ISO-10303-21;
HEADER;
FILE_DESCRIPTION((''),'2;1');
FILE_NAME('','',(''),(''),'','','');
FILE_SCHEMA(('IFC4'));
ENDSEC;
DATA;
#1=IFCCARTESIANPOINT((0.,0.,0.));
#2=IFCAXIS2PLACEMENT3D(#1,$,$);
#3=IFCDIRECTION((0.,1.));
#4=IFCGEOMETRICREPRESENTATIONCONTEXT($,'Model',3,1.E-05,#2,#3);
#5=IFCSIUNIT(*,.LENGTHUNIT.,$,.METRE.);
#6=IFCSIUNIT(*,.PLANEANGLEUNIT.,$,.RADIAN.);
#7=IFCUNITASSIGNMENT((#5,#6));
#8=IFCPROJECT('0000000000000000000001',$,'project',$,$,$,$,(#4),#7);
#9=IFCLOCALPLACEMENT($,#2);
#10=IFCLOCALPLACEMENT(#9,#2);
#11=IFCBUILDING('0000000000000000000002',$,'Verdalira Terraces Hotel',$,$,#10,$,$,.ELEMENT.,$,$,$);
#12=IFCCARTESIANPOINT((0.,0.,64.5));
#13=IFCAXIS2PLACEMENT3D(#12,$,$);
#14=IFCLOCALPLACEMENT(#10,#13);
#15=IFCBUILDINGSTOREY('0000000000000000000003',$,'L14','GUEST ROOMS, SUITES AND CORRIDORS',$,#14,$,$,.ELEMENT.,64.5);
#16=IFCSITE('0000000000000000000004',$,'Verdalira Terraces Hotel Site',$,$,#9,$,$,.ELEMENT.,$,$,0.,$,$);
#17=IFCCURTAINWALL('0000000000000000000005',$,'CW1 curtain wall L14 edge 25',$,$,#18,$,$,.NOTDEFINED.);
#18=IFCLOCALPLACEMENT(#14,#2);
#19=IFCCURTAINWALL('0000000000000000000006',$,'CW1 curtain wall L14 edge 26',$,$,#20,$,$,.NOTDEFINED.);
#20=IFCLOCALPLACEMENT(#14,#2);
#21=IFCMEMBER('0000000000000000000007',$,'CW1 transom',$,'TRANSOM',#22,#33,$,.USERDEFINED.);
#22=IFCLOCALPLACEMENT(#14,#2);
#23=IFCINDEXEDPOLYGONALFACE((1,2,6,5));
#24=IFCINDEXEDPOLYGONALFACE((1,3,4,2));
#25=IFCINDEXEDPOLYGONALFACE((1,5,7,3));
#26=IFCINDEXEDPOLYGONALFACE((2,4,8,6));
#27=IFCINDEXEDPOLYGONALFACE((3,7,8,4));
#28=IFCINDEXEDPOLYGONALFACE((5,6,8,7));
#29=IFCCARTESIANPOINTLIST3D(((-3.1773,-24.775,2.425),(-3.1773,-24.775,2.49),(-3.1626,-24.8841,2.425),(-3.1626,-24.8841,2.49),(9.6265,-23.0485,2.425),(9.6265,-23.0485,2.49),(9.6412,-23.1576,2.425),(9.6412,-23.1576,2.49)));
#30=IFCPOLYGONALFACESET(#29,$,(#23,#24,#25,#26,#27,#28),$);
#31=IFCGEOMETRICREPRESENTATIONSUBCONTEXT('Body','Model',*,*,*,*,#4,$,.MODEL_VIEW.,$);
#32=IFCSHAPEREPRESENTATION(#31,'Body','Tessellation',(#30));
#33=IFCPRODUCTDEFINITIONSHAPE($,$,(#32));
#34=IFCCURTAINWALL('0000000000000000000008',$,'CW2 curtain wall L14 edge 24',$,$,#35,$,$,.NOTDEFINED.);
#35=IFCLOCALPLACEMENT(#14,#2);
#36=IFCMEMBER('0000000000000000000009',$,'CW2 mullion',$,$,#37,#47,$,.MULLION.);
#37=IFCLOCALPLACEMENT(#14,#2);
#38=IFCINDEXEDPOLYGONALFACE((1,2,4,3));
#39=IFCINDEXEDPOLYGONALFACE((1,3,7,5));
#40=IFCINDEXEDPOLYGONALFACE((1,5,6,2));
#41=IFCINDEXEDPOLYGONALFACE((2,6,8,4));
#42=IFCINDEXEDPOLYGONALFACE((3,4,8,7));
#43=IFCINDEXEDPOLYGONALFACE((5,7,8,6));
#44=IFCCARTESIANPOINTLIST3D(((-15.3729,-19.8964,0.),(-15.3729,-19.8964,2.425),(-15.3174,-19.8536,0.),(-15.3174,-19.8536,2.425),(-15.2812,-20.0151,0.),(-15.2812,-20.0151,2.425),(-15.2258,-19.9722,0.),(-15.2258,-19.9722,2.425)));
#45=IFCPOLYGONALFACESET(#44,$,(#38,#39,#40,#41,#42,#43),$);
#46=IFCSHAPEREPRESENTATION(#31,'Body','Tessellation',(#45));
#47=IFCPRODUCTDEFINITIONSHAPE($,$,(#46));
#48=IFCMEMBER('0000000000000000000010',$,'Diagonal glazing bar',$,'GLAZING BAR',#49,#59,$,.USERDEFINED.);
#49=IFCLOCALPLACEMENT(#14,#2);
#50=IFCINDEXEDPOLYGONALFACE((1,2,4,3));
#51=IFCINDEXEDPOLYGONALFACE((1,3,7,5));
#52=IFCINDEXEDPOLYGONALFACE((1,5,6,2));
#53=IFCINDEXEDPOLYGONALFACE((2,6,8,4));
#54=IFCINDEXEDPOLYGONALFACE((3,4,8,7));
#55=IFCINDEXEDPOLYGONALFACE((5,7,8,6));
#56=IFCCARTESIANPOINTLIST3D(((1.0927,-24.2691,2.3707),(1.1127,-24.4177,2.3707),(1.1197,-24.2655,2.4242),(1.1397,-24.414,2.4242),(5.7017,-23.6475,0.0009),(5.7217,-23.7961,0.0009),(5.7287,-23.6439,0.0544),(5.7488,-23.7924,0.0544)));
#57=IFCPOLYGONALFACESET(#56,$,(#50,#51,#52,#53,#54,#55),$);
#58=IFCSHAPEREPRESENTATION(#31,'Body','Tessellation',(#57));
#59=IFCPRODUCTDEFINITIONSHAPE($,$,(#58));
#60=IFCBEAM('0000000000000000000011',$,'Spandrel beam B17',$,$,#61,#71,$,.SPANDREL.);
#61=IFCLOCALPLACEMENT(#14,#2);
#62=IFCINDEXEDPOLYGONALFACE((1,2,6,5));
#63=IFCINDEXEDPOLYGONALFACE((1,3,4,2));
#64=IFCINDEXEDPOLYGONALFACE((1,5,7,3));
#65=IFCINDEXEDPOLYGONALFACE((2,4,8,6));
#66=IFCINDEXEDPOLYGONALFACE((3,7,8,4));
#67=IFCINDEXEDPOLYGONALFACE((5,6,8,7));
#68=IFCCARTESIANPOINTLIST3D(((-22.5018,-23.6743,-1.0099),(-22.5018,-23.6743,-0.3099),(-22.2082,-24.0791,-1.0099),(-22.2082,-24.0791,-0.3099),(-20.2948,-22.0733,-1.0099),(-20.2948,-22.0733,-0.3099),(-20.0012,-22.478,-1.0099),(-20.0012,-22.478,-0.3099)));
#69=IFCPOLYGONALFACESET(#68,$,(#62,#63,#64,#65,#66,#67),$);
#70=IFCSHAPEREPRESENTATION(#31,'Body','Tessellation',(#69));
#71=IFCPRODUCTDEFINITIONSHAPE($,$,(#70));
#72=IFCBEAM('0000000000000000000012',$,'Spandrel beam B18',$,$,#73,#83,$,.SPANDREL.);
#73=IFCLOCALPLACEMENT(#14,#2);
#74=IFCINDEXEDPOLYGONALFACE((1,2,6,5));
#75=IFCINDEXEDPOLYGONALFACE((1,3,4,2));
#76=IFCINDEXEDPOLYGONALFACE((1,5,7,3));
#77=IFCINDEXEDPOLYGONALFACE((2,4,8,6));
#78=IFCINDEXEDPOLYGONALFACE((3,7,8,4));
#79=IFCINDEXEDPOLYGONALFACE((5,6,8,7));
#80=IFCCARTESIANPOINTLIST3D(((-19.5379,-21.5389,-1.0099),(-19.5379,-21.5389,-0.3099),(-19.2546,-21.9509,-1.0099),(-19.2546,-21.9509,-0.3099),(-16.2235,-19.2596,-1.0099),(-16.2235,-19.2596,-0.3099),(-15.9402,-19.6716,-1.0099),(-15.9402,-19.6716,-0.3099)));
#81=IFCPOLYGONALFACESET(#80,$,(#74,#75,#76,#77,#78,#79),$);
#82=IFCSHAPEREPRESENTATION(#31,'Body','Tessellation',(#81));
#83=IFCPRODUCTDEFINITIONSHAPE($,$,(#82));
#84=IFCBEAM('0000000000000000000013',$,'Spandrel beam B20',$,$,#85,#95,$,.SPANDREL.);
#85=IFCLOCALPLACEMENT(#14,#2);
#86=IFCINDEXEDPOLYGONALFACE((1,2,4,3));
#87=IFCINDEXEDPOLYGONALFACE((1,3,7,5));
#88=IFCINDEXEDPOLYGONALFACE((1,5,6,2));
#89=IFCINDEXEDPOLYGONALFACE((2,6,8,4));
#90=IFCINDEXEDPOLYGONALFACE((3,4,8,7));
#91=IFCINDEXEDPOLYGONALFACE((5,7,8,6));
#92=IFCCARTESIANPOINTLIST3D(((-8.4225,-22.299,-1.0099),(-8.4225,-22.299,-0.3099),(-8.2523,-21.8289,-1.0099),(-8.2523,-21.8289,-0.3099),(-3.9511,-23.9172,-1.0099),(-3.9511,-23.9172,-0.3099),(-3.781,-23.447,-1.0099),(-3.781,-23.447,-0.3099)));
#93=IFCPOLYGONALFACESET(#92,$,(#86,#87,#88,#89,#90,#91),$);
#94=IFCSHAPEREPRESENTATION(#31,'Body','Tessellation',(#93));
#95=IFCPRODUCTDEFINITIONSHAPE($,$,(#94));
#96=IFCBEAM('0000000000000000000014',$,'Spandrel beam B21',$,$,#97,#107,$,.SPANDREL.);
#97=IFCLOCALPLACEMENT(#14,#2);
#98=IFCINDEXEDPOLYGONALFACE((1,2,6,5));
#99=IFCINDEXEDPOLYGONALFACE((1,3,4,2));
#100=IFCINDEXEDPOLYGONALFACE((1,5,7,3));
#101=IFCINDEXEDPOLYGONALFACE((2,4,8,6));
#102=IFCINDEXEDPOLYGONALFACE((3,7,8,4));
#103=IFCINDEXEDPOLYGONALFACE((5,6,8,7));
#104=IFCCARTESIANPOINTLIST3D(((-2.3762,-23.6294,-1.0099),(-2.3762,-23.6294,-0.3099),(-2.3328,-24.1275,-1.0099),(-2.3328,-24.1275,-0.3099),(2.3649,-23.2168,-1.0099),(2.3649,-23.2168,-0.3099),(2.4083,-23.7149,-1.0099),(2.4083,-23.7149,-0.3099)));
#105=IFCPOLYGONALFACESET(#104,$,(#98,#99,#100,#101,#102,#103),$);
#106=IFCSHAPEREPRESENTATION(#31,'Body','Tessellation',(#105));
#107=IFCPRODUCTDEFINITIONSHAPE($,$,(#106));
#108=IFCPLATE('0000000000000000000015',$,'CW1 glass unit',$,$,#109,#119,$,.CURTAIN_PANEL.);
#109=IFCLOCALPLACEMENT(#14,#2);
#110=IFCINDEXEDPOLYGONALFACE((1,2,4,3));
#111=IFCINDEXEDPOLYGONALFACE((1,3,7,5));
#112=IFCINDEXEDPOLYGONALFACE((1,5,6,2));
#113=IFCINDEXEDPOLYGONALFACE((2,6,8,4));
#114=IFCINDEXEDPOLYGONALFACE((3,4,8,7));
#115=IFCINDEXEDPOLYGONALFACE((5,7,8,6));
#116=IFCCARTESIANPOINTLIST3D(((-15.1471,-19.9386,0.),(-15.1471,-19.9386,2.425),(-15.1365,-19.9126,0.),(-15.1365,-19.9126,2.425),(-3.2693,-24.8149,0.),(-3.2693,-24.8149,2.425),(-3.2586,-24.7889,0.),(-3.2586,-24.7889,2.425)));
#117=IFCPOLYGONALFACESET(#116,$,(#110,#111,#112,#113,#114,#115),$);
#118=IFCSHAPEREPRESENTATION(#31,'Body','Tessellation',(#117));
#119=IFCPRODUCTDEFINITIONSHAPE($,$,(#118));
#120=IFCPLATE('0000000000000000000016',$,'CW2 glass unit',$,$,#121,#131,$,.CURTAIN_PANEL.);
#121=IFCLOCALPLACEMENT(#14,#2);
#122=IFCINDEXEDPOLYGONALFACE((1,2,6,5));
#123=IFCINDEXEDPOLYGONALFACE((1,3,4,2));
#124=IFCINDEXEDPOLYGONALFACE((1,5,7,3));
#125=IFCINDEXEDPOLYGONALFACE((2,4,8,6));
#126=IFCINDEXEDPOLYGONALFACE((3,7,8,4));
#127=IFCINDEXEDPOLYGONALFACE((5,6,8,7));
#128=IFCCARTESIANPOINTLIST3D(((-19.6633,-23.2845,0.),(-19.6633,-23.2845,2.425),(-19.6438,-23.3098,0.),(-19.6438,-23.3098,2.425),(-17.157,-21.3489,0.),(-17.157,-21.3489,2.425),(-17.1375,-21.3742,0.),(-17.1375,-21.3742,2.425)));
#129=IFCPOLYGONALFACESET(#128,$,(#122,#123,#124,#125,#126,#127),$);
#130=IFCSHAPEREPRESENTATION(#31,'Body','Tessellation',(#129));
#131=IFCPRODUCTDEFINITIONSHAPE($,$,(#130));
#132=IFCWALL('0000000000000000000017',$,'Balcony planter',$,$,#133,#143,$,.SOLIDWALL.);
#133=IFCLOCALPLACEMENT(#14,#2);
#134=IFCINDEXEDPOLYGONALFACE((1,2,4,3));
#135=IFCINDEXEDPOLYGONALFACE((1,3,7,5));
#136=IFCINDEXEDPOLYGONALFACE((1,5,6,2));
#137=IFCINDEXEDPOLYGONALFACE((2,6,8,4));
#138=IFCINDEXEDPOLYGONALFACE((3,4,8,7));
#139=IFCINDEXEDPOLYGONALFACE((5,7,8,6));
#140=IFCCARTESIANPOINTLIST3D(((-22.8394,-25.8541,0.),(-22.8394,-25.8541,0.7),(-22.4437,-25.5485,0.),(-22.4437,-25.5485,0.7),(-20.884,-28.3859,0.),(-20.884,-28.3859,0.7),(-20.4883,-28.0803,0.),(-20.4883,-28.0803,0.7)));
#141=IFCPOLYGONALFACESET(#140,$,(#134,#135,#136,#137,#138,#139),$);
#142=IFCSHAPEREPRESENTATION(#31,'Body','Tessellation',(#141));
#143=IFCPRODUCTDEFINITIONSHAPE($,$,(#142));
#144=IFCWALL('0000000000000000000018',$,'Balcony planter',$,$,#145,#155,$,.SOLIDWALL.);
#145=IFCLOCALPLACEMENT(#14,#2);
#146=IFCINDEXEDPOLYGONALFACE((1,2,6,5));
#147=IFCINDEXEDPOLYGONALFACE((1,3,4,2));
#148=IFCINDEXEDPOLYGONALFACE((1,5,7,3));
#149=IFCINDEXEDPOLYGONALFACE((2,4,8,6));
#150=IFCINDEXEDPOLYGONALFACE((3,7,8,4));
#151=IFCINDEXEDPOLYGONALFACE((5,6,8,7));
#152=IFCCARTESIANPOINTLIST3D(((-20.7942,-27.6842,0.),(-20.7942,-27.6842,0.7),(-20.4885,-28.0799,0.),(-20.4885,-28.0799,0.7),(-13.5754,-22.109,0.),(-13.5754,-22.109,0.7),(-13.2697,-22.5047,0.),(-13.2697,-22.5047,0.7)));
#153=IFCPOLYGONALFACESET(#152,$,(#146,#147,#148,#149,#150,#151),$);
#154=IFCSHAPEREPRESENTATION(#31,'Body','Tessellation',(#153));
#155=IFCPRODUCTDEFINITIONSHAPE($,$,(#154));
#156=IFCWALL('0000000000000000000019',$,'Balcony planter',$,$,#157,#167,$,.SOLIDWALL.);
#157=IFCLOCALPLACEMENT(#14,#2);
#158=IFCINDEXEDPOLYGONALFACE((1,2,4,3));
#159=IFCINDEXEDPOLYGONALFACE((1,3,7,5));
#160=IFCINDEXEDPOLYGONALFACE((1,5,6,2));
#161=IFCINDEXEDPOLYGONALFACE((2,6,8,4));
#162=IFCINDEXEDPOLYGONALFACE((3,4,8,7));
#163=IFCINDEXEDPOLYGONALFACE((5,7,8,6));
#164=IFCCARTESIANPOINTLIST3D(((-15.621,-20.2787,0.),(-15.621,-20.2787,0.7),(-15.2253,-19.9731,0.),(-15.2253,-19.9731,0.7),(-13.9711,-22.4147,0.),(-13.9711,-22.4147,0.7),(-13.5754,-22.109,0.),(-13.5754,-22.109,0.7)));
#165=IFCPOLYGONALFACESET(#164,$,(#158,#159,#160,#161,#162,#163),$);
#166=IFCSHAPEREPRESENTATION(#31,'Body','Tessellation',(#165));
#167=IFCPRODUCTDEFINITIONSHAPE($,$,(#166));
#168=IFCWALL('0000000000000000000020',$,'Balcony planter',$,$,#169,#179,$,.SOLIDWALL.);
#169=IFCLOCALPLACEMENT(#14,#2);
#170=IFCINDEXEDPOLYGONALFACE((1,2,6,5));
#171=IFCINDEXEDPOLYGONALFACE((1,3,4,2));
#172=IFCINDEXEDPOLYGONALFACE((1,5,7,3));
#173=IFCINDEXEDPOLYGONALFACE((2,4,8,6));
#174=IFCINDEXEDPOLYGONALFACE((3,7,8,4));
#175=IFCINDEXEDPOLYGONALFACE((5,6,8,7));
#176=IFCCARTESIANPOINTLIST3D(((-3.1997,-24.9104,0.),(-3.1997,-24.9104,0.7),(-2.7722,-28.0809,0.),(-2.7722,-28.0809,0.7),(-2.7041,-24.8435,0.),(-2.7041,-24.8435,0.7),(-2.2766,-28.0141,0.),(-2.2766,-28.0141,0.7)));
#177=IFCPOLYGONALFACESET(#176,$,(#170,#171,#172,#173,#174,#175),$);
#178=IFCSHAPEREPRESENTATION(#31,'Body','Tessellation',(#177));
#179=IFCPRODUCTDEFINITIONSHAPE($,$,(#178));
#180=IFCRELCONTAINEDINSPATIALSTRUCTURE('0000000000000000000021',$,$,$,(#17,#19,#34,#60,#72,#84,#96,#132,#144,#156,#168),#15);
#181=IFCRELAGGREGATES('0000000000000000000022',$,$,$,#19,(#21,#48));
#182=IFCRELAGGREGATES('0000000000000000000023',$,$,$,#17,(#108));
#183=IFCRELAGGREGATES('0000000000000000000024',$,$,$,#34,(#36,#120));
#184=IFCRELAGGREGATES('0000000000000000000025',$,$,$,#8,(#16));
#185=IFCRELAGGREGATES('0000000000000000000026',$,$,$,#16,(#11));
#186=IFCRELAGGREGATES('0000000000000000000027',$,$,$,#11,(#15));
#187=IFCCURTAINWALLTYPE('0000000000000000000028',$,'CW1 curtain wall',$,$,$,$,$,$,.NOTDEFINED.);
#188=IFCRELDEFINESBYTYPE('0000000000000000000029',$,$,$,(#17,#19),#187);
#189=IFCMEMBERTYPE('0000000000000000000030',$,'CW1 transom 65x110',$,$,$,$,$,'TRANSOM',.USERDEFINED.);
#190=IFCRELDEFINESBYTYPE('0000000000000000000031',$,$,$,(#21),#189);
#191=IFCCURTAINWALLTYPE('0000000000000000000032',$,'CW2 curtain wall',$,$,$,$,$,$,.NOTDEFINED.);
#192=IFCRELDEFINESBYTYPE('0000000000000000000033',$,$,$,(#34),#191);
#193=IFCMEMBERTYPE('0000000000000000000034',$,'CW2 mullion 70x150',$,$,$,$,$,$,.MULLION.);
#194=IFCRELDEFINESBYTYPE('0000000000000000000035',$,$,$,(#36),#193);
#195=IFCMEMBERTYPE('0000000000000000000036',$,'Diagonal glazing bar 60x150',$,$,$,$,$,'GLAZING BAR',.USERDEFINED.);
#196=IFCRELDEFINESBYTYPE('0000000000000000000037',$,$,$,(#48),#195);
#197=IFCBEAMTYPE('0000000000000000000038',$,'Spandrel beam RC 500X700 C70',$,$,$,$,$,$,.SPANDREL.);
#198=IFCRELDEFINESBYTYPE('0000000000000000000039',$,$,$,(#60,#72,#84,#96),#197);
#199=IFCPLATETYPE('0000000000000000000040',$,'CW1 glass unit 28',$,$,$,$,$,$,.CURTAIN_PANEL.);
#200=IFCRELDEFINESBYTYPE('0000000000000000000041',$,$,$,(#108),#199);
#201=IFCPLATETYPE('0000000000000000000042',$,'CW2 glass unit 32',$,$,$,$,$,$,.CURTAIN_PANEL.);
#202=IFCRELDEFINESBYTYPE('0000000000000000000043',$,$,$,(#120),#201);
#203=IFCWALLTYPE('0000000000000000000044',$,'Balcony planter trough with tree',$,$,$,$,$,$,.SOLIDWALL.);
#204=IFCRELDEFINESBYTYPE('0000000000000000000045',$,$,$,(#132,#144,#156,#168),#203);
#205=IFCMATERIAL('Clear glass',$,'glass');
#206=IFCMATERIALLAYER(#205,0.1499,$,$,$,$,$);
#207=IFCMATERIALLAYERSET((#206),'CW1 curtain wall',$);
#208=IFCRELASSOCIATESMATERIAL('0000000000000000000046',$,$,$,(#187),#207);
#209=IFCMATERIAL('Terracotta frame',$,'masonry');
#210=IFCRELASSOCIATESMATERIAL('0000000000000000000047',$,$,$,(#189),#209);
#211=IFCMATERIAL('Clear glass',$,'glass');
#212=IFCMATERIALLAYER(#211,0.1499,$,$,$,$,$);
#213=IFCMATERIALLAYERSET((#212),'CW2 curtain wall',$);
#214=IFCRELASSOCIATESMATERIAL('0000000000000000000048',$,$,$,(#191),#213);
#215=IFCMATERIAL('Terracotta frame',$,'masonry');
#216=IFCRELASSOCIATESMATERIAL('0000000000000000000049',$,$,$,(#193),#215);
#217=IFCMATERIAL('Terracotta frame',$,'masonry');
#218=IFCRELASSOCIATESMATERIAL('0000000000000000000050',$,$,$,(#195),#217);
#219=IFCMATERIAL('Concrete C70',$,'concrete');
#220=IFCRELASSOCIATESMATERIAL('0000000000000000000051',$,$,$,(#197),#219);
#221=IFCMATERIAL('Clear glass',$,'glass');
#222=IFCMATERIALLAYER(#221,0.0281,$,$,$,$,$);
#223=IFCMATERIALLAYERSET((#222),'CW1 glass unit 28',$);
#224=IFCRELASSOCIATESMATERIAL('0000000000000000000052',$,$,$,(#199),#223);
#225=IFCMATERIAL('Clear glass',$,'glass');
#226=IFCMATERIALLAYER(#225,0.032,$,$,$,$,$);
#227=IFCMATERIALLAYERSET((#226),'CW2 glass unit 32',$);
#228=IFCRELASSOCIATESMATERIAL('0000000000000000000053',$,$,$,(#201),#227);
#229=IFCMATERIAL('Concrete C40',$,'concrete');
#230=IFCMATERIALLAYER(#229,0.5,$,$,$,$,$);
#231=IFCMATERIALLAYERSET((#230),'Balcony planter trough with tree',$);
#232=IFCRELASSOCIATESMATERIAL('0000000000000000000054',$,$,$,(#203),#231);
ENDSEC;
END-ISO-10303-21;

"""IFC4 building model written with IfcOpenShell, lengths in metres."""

from ifc_helpers import new_model, si_unit, direction, frame, frame_2d, origin, origin_2d, place, context, subcontext, project, spatial, rectangle, extrude, material, layer, layer_set, material_profile, profile_set, type_object, element, aggregate, save


model = new_model("IFC4")

# Units and contexts
model_context = context("Model", 3, precision=1e-05, world=origin(), true_north=direction((0.0, 1.0)))
body_context = subcontext(model_context, "Body", "Model", "MODEL_VIEW")
ifc_project = project(units=[si_unit("LENGTHUNIT", "METRE"), si_unit("PLANEANGLEUNIT", "RADIAN")], contexts=[model_context])

# Site, building, storey
site_placement = place(None, origin())
site = spatial("IfcSite", under=ifc_project, at=site_placement, Name="Verdalira Terraces Hotel Site", CompositionType="ELEMENT", RefElevation=0.0)
building_placement = place(site_placement, origin())
building = spatial("IfcBuilding", under=site, at=building_placement, Name="Verdalira Terraces Hotel", CompositionType="ELEMENT")
storey_placement = place(building_placement, frame((0.0, 0.0, 64.5)))
storey = spatial("IfcBuildingStorey", under=building, at=storey_placement, Name="L14", Description="GUEST ROOMS, SUITES AND CORRIDORS", CompositionType="ELEMENT", Elevation=64.5)

# Curtain wall
ifc_material_1 = material(Name="Clear glass", Category="glass")
ifc_layer_1 = layer(ifc_material_1, 0.1499)
ifc_layer_set_1 = layer_set([ifc_layer_1], Name="CW1 curtain wall")
curtain_wall_type_1 = type_object("IfcCurtainWallType", Name="CW1 curtain wall", PredefinedType="NOTDEFINED", material=ifc_layer_set_1)
curtain_wall_1_placement = place(storey_placement, origin())
curtain_wall_1 = element("IfcCurtainWall", 1, at=curtain_wall_1_placement, inside=storey, type_object=curtain_wall_type_1, Name="CW1 curtain wall L14 edge 25", PredefinedType="NOTDEFINED")

# Curtain wall, member
curtain_wall_2_placement = place(storey_placement, origin())
curtain_wall_2 = element("IfcCurtainWall", 2, at=curtain_wall_2_placement, inside=storey, type_object=curtain_wall_type_1, Name="CW1 curtain wall L14 edge 26", PredefinedType="NOTDEFINED")
ifc_material_2 = material(Name="Terracotta frame", Category="masonry")
ifc_material_profile_1 = material_profile(ifc_material_2, rectangle(XDim=0.1101, YDim=0.0649, at=origin_2d()), Name="TR 65x110")
ifc_profile_set_1 = profile_set([ifc_material_profile_1], Name="Terracotta frame")
member_type_1 = type_object("IfcMemberType", Name="CW1 transom 65x110", ElementType="TRANSOM", PredefinedType="USERDEFINED", material=ifc_profile_set_1)
member_1_placement = place(storey_placement, frame((-3.1699, -24.8296, 2.4575), z_axis=(0.99103, 0.133639, 0.0), x_axis=(-0.133639, 0.99103, 0.0)))
member_1 = element("IfcMember", 3, at=member_1_placement, type_object=member_type_1, Name="CW1 transom", ObjectType="TRANSOM", PredefinedType="USERDEFINED", context=body_context, shape_type="SweptSolid", body=[
    extrude(rectangle(XDim=0.1101, YDim=0.0649, at=origin_2d()), origin(), (0.0, 0.0, 1.0), 12.9197),
])

# Curtain wall, member
ifc_material_3 = material(Name="Clear glass", Category="glass")
ifc_layer_2 = layer(ifc_material_3, 0.1499)
ifc_layer_set_2 = layer_set([ifc_layer_2], Name="CW2 curtain wall")
curtain_wall_type_2 = type_object("IfcCurtainWallType", Name="CW2 curtain wall", PredefinedType="NOTDEFINED", material=ifc_layer_set_2)
curtain_wall_3_placement = place(storey_placement, origin())
curtain_wall_3 = element("IfcCurtainWall", 4, at=curtain_wall_3_placement, inside=storey, type_object=curtain_wall_type_2, Name="CW2 curtain wall L14 edge 24", PredefinedType="NOTDEFINED")
ifc_material_4 = material(Name="Terracotta frame", Category="masonry")
ifc_material_profile_2 = material_profile(ifc_material_4, rectangle(XDim=0.0701, YDim=0.1499, at=origin_2d()), Name="MU 70x150")
ifc_profile_set_2 = profile_set([ifc_material_profile_2], Name="Terracotta frame")
member_type_2 = type_object("IfcMemberType", Name="CW2 mullion 70x150", PredefinedType="MULLION", material=ifc_profile_set_2)
member_2_placement = place(storey_placement, frame((-15.2993, -19.9343, 0.0), z_axis=(0.0, 0.0, 1.0), x_axis=(0.791437, 0.611251, 0.0)))
member_2 = element("IfcMember", 5, at=member_2_placement, type_object=member_type_2, Name="CW2 mullion", PredefinedType="MULLION", context=body_context, shape_type="SweptSolid", body=[
    extrude(rectangle(XDim=0.0701, YDim=0.1499, at=origin_2d()), origin(), (0.0, 0.0, 1.0), 2.425),
])

# Member
ifc_material_5 = material(Name="Terracotta frame", Category="masonry")
ifc_material_profile_3 = material_profile(ifc_material_5, rectangle(XDim=0.1499, YDim=0.0601, at=origin_2d()), Name="GB 60x150")
ifc_profile_set_3 = profile_set([ifc_material_profile_3], Name="Terracotta frame")
member_type_3 = type_object("IfcMemberType", Name="Diagonal glazing bar 60x150", ElementType="GLAZING BAR", PredefinedType="USERDEFINED", material=ifc_profile_set_3)
member_3_placement = place(storey_placement, frame((1.1162, -24.3416, 2.3975), z_axis=(0.883002, 0.119081, -0.454012), x_axis=(-0.133649, 0.991029, 0.0)))
member_3 = element("IfcMember", 6, at=member_3_placement, type_object=member_type_3, Name="Diagonal glazing bar", ObjectType="GLAZING BAR", PredefinedType="USERDEFINED", context=body_context, shape_type="SweptSolid", body=[
    extrude(rectangle(XDim=0.1499, YDim=0.0601, at=origin_2d()), origin(), (0.0, 0.0, 1.0), 5.2197),
])
aggregate(curtain_wall_2, [member_1, member_3])

# Beams
ifc_material_6 = material(Name="Concrete C70", Category="concrete")
ifc_material_profile_4 = material_profile(ifc_material_6, rectangle(XDim=0.5, YDim=0.7, at=origin_2d()), Name="RC 500X700")
ifc_profile_set_4 = profile_set([ifc_material_profile_4], Name="Concrete C70")
beam_type_1 = type_object("IfcBeamType", Name="Spandrel beam RC 500X700 C70", PredefinedType="SPANDREL", material=ifc_profile_set_4)
beam_1_placement = place(storey_placement, frame((-22.355, -23.8767, -0.6599), z_axis=(0.80944, 0.587202, 0.0), x_axis=(-0.587202, 0.80944, 0.0)))
element("IfcBeam", 7, at=beam_1_placement, inside=storey, type_object=beam_type_1, Name="Spandrel beam B17", PredefinedType="SPANDREL", context=body_context, shape_type="SweptSolid", body=[
    extrude(rectangle(XDim=0.5, YDim=0.7, at=origin_2d()), origin(), (0.0, 0.0, 1.0), 2.7266),
])
beam_2_placement = place(storey_placement, frame((-19.3962, -21.7449, -0.6599), z_axis=(0.823971, 0.566632, 0.0), x_axis=(-0.566632, 0.823971, 0.0)))
element("IfcBeam", 8, at=beam_2_placement, inside=storey, type_object=beam_type_1, Name="Spandrel beam B18", PredefinedType="SPANDREL", context=body_context, shape_type="SweptSolid", body=[
    extrude(rectangle(XDim=0.5, YDim=0.7, at=origin_2d()), origin(), (0.0, 0.0, 1.0), 4.0225),
])
beam_3_placement = place(storey_placement, frame((-8.3374, -22.064, -0.6599), z_axis=(0.94032, -0.340292, 0.0), x_axis=(0.340292, 0.94032, 0.0)))
element("IfcBeam", 9, at=beam_3_placement, inside=storey, type_object=beam_type_1, Name="Spandrel beam B20", PredefinedType="SPANDREL", context=body_context, shape_type="SweptSolid", body=[
    extrude(rectangle(XDim=0.5, YDim=0.7, at=origin_2d()), origin(), (0.0, 0.0, 1.0), 4.7551),
])
beam_4_placement = place(storey_placement, frame((-2.3545, -23.8784, -0.6599), z_axis=(0.996235, 0.086696, 0.0), x_axis=(-0.086696, 0.996235, 0.0)))
element("IfcBeam", 10, at=beam_4_placement, inside=storey, type_object=beam_type_1, Name="Spandrel beam B21", PredefinedType="SPANDREL", context=body_context, shape_type="SweptSolid", body=[
    extrude(rectangle(XDim=0.5, YDim=0.7, at=origin_2d()), origin(), (0.0, 0.0, 1.0), 4.759),
])

# Plates
ifc_material_7 = material(Name="Clear glass", Category="glass")
ifc_layer_3 = layer(ifc_material_7, 0.0281)
ifc_layer_set_3 = layer_set([ifc_layer_3], Name="CW1 glass unit 28")
plate_type_1 = type_object("IfcPlateType", Name="CW1 glass unit 28", PredefinedType="CURTAIN_PANEL", material=ifc_layer_set_3)
plate_1_placement = place(storey_placement, frame((-9.2029, -22.3638, 0.0), z_axis=(0.0, 0.0, 1.0), x_axis=(0.925077, -0.379779, 0.0)))
plate_1 = element("IfcPlate", 11, at=plate_1_placement, type_object=plate_type_1, Name="CW1 glass unit", PredefinedType="CURTAIN_PANEL", context=body_context, shape_type="SweptSolid", body=[
    extrude(rectangle(XDim=12.8398, YDim=0.0281, at=origin_2d()), origin(), (0.0, 0.0, 1.0), 2.425),
])
aggregate(curtain_wall_1, [plate_1])
ifc_material_8 = material(Name="Clear glass", Category="glass")
ifc_layer_4 = layer(ifc_material_8, 0.032)
ifc_layer_set_4 = layer_set([ifc_layer_4], Name="CW2 glass unit 32")
plate_type_2 = type_object("IfcPlateType", Name="CW2 glass unit 32", PredefinedType="CURTAIN_PANEL", material=ifc_layer_set_4)
plate_2_placement = place(storey_placement, frame((-18.4004, -22.3293, 0.0), z_axis=(0.0, 0.0, 1.0), x_axis=(0.791437, 0.611251, 0.0)))
plate_2 = element("IfcPlate", 12, at=plate_2_placement, type_object=plate_type_2, Name="CW2 glass unit", PredefinedType="CURTAIN_PANEL", context=body_context, shape_type="SweptSolid", body=[
    extrude(rectangle(XDim=3.1667, YDim=0.032, at=origin_2d()), origin(), (0.0, 0.0, 1.0), 2.425),
])
aggregate(curtain_wall_3, [member_2, plate_2])

# Walls
ifc_material_9 = material(Name="Concrete C40", Category="concrete")
ifc_layer_5 = layer(ifc_material_9, 0.5)
ifc_layer_set_5 = layer_set([ifc_layer_5], Name="Balcony planter trough with tree")
wall_type_1 = type_object("IfcWallType", Name="Balcony planter trough with tree", PredefinedType="SOLIDWALL", material=ifc_layer_set_5)
wall_1_placement = place(storey_placement, frame((-22.6416, -25.7012, 0.0), z_axis=(0.0, 0.0, 1.0), x_axis=(0.611248, -0.791439, 0.0)))
element("IfcWall", 13, at=wall_1_placement, inside=storey, type_object=wall_type_1, Name="Balcony planter", PredefinedType="SOLIDWALL", context=body_context, shape_type="SweptSolid", body=[
    extrude(rectangle(XDim=3.199, YDim=0.5, at=frame_2d((1.5996, 0.0))), origin(), (0.0, 0.0, 1.0), 0.7),
])
wall_2_placement = place(storey_placement, frame((-20.6414, -27.8821, 0.0), z_axis=(0.0, 0.0, 1.0), x_axis=(0.79144, 0.611246, 0.0)))
element("IfcWall", 14, at=wall_2_placement, inside=storey, type_object=wall_type_1, Name="Balcony planter", PredefinedType="SOLIDWALL", context=body_context, shape_type="SweptSolid", body=[
    extrude(rectangle(XDim=9.1211, YDim=0.5, at=frame_2d((4.5605, 0.0))), origin(), (0.0, 0.0, 1.0), 0.7),
])
wall_3_placement = place(storey_placement, frame((-13.7732, -22.262, 0.0), z_axis=(0.0, 0.0, 1.0), x_axis=(-0.611301, 0.791398, 0.0)))
element("IfcWall", 15, at=wall_3_placement, inside=storey, type_object=wall_type_1, Name="Balcony planter", PredefinedType="SOLIDWALL", context=body_context, shape_type="SweptSolid", body=[
    extrude(rectangle(XDim=2.699, YDim=0.5, at=frame_2d((1.3496, 0.0))), origin(), (0.0, 0.0, 1.0), 0.7),
])
wall_4_placement = place(storey_placement, frame((-2.9519, -24.877, 0.0), z_axis=(0.0, 0.0, 1.0), x_axis=(0.133628, -0.991032, 0.0)))
element("IfcWall", 16, at=wall_4_placement, inside=storey, type_object=wall_type_1, Name="Balcony planter", PredefinedType="SOLIDWALL", context=body_context, shape_type="SweptSolid", body=[
    extrude(rectangle(XDim=3.1992, YDim=0.5, at=frame_2d((1.5996, 0.0))), origin(), (0.0, 0.0, 1.0), 0.7),
])

save(model, "model.ifc")
